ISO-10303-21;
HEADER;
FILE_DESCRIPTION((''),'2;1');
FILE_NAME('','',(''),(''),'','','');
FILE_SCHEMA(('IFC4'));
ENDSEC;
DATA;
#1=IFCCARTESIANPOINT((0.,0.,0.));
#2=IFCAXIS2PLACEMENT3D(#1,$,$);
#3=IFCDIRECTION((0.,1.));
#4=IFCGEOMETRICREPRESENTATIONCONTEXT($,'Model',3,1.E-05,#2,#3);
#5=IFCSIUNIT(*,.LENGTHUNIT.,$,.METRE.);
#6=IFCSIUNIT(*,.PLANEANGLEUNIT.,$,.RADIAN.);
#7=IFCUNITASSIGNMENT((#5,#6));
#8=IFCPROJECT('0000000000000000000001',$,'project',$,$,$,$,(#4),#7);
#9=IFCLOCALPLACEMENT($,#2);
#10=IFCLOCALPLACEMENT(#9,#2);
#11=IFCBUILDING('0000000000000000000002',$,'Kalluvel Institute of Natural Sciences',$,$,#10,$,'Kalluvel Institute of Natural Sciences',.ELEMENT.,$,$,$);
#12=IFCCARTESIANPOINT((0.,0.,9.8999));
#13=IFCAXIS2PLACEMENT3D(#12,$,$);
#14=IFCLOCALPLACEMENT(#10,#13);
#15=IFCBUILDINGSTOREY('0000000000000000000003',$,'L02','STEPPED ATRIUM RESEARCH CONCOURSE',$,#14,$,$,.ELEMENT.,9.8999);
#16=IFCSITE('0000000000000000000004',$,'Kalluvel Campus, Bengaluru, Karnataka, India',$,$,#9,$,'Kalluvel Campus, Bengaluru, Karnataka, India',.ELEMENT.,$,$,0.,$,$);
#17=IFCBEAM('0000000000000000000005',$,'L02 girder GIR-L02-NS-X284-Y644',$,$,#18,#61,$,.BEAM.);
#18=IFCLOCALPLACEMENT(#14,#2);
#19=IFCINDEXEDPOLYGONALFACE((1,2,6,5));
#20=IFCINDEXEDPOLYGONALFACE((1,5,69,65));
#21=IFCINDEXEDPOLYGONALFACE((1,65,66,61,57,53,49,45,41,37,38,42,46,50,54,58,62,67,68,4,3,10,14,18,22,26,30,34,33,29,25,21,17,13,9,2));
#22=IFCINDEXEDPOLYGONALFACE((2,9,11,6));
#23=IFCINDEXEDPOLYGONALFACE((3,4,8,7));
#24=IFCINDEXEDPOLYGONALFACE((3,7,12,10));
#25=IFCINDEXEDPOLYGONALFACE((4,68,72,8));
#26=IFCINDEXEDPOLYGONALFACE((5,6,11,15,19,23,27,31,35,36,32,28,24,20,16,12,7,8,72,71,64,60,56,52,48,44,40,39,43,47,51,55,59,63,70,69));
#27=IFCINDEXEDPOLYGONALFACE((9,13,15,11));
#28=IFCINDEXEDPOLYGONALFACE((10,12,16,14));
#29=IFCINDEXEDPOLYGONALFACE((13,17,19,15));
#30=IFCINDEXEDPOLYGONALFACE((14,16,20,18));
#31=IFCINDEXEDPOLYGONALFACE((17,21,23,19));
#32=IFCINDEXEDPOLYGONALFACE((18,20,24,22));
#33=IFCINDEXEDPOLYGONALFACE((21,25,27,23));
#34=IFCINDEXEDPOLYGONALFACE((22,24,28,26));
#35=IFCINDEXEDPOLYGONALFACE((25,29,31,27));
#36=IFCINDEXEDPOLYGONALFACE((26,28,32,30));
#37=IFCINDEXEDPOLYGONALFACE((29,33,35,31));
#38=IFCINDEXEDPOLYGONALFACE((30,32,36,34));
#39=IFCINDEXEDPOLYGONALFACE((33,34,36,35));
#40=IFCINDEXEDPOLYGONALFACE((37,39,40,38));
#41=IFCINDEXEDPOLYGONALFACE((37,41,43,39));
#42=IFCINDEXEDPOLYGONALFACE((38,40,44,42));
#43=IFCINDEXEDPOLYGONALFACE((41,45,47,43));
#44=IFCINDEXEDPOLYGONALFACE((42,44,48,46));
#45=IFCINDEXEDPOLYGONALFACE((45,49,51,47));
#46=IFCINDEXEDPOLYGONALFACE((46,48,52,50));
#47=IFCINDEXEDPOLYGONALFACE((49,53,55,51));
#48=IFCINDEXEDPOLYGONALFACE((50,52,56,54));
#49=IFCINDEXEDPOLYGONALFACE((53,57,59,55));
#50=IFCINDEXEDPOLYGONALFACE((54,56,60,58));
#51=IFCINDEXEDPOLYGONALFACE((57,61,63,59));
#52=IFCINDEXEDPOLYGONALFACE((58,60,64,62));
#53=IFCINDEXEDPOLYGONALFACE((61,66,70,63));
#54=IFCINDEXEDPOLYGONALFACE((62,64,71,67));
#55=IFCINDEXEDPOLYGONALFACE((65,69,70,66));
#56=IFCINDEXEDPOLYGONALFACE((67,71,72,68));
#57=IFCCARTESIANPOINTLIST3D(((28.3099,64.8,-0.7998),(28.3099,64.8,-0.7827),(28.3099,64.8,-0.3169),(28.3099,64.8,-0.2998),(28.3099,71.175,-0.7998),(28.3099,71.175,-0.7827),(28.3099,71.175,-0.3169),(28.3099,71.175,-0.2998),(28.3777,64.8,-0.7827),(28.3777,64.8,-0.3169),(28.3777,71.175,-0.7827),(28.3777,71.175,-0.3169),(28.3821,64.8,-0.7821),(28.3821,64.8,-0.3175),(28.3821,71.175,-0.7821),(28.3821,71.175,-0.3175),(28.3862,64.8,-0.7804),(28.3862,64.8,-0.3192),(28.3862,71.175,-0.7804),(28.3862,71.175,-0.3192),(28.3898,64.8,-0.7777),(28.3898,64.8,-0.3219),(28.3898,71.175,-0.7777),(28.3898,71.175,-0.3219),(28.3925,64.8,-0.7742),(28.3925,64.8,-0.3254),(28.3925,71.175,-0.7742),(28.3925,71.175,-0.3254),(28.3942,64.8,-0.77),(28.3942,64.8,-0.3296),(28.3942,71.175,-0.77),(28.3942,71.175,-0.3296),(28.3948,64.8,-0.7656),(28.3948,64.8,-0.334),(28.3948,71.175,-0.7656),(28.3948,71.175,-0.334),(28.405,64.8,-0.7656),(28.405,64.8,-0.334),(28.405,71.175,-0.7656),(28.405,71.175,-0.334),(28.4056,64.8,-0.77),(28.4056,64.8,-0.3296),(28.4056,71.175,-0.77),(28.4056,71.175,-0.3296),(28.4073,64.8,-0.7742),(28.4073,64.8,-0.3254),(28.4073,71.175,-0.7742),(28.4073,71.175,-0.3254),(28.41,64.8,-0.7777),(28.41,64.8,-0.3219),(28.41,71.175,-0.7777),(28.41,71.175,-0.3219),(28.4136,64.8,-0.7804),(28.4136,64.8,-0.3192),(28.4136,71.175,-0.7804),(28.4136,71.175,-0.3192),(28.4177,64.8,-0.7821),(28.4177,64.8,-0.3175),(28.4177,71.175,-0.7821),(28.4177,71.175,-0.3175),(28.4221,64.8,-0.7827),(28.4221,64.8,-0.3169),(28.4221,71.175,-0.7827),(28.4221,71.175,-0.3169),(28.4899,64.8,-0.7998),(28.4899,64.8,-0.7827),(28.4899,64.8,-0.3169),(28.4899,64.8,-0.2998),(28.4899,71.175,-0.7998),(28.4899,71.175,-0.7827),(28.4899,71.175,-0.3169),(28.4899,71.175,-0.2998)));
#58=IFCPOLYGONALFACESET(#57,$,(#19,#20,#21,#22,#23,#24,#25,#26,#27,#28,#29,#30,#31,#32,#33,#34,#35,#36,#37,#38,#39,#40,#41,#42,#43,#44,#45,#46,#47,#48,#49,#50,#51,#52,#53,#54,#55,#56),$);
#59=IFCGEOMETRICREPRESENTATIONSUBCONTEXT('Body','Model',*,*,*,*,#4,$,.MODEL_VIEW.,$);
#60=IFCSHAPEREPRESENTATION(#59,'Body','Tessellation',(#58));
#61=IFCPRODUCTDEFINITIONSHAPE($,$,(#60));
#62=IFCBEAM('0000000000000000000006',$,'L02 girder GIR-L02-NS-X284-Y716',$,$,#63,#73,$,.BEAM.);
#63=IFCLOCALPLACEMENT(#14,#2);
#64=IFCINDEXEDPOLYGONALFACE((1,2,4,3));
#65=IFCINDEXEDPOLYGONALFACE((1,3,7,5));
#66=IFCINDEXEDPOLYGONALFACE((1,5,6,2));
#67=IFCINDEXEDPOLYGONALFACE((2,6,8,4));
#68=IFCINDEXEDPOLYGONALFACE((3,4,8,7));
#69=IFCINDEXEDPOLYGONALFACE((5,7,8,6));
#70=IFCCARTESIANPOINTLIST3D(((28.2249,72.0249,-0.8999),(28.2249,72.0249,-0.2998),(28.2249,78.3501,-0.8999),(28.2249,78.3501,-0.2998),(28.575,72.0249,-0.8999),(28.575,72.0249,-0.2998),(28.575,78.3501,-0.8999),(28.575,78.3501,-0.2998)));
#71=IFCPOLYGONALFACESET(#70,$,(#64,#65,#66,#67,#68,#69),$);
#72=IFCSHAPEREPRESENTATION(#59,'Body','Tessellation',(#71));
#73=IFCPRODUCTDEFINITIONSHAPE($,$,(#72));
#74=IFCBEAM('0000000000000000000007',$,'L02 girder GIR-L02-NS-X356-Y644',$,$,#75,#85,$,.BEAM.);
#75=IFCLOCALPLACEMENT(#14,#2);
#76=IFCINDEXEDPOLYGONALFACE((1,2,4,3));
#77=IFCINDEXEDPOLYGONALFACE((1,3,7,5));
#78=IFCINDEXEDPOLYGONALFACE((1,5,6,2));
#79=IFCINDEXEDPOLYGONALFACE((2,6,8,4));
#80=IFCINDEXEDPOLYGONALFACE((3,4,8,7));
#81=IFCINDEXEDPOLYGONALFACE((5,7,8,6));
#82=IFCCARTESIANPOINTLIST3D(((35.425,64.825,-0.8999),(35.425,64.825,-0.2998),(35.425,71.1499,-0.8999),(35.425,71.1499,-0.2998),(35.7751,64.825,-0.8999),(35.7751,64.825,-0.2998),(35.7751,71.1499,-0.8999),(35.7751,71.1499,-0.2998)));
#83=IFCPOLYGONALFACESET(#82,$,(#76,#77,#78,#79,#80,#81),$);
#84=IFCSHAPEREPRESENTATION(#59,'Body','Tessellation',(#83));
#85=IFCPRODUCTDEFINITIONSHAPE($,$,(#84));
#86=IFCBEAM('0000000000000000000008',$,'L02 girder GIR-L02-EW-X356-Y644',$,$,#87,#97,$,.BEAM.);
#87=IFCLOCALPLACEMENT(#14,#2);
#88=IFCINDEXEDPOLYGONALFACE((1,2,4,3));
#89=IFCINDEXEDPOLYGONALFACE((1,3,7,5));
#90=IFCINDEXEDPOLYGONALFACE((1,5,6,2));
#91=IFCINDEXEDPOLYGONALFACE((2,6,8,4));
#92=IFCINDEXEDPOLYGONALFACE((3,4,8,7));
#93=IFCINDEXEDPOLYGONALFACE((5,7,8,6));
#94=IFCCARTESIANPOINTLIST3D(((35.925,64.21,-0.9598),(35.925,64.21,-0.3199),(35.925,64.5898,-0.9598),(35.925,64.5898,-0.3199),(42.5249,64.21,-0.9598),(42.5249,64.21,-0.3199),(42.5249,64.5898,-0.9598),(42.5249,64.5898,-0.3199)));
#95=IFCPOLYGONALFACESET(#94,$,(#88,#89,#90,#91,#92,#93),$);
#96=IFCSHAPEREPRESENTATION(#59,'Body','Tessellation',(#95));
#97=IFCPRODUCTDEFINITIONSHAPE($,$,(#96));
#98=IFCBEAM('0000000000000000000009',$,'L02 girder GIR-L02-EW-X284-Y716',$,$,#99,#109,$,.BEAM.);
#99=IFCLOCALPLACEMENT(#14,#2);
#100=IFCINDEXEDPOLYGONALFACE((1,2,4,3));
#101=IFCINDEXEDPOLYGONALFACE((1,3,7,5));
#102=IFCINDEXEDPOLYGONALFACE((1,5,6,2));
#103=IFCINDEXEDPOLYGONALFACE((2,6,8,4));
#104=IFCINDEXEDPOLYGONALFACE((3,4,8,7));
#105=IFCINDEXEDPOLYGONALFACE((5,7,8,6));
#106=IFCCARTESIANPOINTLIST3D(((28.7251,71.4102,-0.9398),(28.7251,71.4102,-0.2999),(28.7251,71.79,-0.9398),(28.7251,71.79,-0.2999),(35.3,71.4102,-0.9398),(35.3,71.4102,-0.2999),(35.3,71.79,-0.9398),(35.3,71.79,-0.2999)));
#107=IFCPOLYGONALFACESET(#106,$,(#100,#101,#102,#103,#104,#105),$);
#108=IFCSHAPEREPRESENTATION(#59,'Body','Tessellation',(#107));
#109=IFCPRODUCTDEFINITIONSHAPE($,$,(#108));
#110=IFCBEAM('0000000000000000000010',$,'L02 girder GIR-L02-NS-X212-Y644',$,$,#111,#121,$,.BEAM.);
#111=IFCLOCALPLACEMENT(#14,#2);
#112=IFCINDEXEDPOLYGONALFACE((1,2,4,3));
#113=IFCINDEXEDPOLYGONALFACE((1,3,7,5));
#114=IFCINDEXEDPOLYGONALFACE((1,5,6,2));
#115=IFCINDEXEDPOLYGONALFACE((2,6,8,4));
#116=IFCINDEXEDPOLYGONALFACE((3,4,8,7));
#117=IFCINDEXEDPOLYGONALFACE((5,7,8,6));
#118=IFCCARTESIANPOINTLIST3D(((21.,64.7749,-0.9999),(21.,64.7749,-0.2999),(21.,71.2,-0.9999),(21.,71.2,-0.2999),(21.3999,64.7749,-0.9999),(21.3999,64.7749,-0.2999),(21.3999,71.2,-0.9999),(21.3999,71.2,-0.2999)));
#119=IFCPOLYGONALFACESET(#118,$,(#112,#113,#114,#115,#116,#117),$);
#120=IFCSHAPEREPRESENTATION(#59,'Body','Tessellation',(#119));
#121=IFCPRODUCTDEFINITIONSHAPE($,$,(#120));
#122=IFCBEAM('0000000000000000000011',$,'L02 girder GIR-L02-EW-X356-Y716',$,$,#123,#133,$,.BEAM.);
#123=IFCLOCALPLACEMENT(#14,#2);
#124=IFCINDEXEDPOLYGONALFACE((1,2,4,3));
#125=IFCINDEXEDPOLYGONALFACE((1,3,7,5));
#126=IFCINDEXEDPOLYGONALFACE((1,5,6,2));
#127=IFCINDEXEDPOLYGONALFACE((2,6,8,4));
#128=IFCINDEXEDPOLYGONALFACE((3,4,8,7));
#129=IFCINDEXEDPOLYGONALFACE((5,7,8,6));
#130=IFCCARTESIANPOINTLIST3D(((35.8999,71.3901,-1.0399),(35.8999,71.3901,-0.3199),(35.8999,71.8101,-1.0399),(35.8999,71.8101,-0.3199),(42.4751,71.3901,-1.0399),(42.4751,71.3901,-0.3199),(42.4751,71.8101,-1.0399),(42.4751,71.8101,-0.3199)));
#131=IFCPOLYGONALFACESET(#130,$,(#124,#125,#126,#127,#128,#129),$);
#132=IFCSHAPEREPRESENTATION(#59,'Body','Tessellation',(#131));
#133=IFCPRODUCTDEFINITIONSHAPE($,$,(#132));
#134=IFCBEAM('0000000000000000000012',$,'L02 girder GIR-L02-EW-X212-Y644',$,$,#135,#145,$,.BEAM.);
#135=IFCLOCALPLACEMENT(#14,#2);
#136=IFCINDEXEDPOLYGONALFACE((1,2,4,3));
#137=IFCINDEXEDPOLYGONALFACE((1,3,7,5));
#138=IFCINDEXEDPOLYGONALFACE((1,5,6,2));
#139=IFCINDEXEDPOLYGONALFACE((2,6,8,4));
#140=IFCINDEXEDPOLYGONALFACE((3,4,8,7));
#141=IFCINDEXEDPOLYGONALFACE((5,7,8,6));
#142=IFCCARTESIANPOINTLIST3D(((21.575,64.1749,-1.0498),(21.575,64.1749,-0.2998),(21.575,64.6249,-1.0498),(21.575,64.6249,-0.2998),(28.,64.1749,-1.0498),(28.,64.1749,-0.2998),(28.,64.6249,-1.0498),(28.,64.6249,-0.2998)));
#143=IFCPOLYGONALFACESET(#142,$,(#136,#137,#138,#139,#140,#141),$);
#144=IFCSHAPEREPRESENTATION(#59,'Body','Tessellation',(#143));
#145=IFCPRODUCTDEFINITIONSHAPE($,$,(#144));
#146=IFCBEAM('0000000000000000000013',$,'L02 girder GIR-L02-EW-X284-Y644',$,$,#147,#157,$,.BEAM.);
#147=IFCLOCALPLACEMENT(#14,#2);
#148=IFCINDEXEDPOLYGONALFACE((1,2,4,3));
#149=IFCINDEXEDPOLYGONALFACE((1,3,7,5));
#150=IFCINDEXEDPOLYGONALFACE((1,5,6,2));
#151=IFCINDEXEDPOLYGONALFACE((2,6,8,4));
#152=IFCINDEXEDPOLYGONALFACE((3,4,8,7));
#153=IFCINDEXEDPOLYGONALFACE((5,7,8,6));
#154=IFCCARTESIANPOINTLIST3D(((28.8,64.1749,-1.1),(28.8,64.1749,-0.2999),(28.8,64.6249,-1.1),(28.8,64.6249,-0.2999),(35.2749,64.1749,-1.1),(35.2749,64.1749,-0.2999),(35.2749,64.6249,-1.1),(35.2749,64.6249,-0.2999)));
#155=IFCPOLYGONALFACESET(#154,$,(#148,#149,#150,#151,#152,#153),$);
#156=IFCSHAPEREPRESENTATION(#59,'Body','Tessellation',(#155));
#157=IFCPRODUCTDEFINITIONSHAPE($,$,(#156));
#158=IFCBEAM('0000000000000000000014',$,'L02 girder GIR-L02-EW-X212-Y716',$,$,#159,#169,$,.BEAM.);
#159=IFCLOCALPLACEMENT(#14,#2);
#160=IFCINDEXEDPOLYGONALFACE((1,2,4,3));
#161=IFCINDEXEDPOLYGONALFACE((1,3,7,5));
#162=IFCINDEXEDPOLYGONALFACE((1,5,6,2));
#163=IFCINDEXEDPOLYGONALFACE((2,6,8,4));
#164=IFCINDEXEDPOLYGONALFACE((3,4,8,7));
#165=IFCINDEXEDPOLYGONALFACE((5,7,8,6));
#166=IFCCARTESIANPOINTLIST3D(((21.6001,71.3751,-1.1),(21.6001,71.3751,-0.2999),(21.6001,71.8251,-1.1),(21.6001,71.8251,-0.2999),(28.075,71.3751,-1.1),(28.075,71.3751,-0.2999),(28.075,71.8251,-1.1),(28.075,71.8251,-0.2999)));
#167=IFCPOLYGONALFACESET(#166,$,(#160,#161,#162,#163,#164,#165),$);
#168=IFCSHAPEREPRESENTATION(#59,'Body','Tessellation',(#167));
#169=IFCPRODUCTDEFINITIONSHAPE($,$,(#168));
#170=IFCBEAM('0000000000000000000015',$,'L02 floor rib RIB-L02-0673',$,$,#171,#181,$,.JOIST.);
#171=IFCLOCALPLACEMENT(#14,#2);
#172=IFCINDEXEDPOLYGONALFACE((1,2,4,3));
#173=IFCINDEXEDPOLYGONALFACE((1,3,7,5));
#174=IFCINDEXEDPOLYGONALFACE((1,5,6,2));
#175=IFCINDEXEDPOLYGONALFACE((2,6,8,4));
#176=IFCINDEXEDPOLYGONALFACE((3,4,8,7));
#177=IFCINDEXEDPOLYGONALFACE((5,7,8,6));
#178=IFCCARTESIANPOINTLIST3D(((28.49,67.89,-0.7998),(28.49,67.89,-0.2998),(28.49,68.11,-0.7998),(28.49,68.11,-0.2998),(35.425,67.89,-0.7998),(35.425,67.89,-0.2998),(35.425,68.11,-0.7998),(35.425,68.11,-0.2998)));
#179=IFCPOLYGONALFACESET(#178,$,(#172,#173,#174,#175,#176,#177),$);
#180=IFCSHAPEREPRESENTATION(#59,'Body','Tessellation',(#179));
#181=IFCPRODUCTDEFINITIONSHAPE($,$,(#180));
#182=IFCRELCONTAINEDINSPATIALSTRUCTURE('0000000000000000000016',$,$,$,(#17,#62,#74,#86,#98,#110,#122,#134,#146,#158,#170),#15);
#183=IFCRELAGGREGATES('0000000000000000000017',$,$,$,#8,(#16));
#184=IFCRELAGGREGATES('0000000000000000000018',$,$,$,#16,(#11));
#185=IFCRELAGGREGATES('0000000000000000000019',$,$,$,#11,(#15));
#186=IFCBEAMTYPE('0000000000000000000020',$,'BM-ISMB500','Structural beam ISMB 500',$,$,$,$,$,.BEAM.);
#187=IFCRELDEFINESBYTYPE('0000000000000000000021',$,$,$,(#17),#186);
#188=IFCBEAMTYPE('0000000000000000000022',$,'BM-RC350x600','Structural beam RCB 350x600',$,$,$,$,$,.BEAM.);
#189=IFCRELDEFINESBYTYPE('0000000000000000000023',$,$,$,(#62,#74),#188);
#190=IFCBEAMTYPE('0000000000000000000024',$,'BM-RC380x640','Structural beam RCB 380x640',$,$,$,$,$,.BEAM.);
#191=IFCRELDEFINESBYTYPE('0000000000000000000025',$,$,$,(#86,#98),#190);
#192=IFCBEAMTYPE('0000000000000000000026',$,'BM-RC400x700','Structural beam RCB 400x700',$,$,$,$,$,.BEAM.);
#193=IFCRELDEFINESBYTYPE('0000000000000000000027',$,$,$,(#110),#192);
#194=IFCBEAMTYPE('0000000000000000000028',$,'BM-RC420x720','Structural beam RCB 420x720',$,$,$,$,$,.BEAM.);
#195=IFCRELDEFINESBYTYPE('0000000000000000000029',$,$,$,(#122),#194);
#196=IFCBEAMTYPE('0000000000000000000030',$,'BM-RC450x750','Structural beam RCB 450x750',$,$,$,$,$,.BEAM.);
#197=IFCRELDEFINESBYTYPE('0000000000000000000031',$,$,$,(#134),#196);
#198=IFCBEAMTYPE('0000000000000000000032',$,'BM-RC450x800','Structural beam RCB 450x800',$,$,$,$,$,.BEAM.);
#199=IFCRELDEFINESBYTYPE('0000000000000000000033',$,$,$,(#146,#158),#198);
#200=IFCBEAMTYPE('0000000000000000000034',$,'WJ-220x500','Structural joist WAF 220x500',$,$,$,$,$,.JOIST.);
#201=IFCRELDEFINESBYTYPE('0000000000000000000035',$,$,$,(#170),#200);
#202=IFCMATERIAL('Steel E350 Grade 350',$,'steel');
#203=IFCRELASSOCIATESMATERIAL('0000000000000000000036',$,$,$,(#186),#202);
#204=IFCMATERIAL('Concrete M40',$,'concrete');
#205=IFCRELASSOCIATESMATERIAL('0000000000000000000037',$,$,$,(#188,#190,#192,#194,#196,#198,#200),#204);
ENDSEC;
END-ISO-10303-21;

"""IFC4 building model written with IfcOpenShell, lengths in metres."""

from ifc_helpers import new_model, si_unit, direction, frame, origin, origin_2d, place, context, subcontext, project, spatial, rectangle, i_section, extrude, material, material_profile, profile_set, type_object, element, save


model = new_model("IFC4")

# Units and contexts
model_context = context("Model", 3, precision=1e-05, world=origin(), true_north=direction((0.0, 1.0)))
body_context = subcontext(model_context, "Body", "Model", "MODEL_VIEW")
ifc_project = project(units=[si_unit("LENGTHUNIT", "METRE"), si_unit("PLANEANGLEUNIT", "RADIAN")], contexts=[model_context])

# Site, building, storey
site_placement = place(None, origin())
site = spatial("IfcSite", under=ifc_project, at=site_placement, Name="Kalluvel Campus, Bengaluru, Karnataka, India", LongName="Kalluvel Campus, Bengaluru, Karnataka, India", CompositionType="ELEMENT", RefElevation=0.0)
building_placement = place(site_placement, origin())
building = spatial("IfcBuilding", under=site, at=building_placement, Name="Kalluvel Institute of Natural Sciences", LongName="Kalluvel Institute of Natural Sciences", CompositionType="ELEMENT")
storey_placement = place(building_placement, frame((0.0, 0.0, 9.8999)))
storey = spatial("IfcBuildingStorey", under=building, at=storey_placement, Name="L02", Description="STEPPED ATRIUM RESEARCH CONCOURSE", CompositionType="ELEMENT", Elevation=9.8999)

# Shared definitions
ifc_material_1 = material(Name="Concrete M40", Category="concrete")

# Beams
ifc_material_2 = material(Name="Steel E350 Grade 350", Category="steel")
ifc_material_profile_1 = material_profile(ifc_material_2, i_section(OverallWidth=0.1799, OverallDepth=0.5, WebThickness=0.0103, FlangeThickness=0.0171, FilletRadius=0.0171, at=origin_2d()), Name="ISMB 500")
ifc_profile_set_1 = profile_set([ifc_material_profile_1], Name="Steel E350 Grade 350")
beam_type_1 = type_object("IfcBeamType", Name="BM-ISMB500", Description="Structural beam ISMB 500", PredefinedType="BEAM", material=ifc_profile_set_1)
for number, where, z_axis, x_axis, name in (
    (1, (28.3999, 64.8, -0.5498), (0.0, 1.0, 0.0), (-1.0, 0.0, 0.0), "L02 girder GIR-L02-NS-X284-Y644"),
):
    element("IfcBeam", number, at=place(storey_placement, frame(where, z_axis=z_axis, x_axis=x_axis)), inside=storey, type_object=beam_type_1, Name=name, PredefinedType="BEAM", context=body_context, shape_type="SweptSolid", body=[
        extrude(i_section(OverallWidth=0.1799, OverallDepth=0.5, WebThickness=0.0103, FlangeThickness=0.0171, FilletRadius=0.0171, at=origin_2d()), origin(), (0.0, 0.0, 1.0), 6.375),
    ])
ifc_material_profile_2 = material_profile(ifc_material_1, rectangle(XDim=0.3501, YDim=0.6001, at=origin_2d()), Name="RCB 350x600")
ifc_profile_set_2 = profile_set([ifc_material_profile_2], Name="Concrete M40")
beam_type_2 = type_object("IfcBeamType", Name="BM-RC350x600", Description="Structural beam RCB 350x600", PredefinedType="BEAM", material=ifc_profile_set_2)
beam_1_placement = place(storey_placement, frame((28.3999, 72.0249, -0.5999), z_axis=(0.0, 1.0, 0.0), x_axis=(-1.0, 0.0, 0.0)))
element("IfcBeam", 2, at=beam_1_placement, inside=storey, type_object=beam_type_2, Name="L02 girder GIR-L02-NS-X284-Y716", PredefinedType="BEAM", context=body_context, shape_type="SweptSolid", body=[
    extrude(rectangle(XDim=0.3501, YDim=0.6001, at=origin_2d()), origin(), (0.0, 0.0, 1.0), 6.3252),
])
beam_2_placement = place(storey_placement, frame((35.6001, 64.825, -0.5999), z_axis=(0.0, 1.0, 0.0), x_axis=(-1.0, 0.0, 0.0)))
element("IfcBeam", 3, at=beam_2_placement, inside=storey, type_object=beam_type_2, Name="L02 girder GIR-L02-NS-X356-Y644", PredefinedType="BEAM", context=body_context, shape_type="SweptSolid", body=[
    extrude(rectangle(XDim=0.3501, YDim=0.6001, at=origin_2d()), origin(), (0.0, 0.0, 1.0), 6.325),
])
ifc_material_profile_3 = material_profile(ifc_material_1, rectangle(XDim=0.3799, YDim=0.6399, at=origin_2d()), Name="RCB 380x640")
ifc_profile_set_3 = profile_set([ifc_material_profile_3], Name="Concrete M40")
beam_type_3 = type_object("IfcBeamType", Name="BM-RC380x640", Description="Structural beam RCB 380x640", PredefinedType="BEAM", material=ifc_profile_set_3)
beam_3_placement = place(storey_placement, frame((35.925, 64.3999, -0.6399), z_axis=(1.0, 0.0, 0.0), x_axis=(0.0, 1.0, 0.0)))
element("IfcBeam", 4, at=beam_3_placement, inside=storey, type_object=beam_type_3, Name="L02 girder GIR-L02-EW-X356-Y644", PredefinedType="BEAM", context=body_context, shape_type="SweptSolid", body=[
    extrude(rectangle(XDim=0.3799, YDim=0.6399, at=origin_2d()), origin(), (0.0, 0.0, 1.0), 6.5999),
])
beam_4_placement = place(storey_placement, frame((28.7251, 71.6001, -0.6199), z_axis=(1.0, 0.0, 0.0), x_axis=(0.0, 1.0, 0.0)))
element("IfcBeam", 5, at=beam_4_placement, inside=storey, type_object=beam_type_3, Name="L02 girder GIR-L02-EW-X284-Y716", PredefinedType="BEAM", context=body_context, shape_type="SweptSolid", body=[
    extrude(rectangle(XDim=0.3799, YDim=0.6399, at=origin_2d()), origin(), (0.0, 0.0, 1.0), 6.575),
])
ifc_material_profile_4 = material_profile(ifc_material_1, rectangle(XDim=0.3999, YDim=0.7, at=origin_2d()), Name="RCB 400x700")
ifc_profile_set_4 = profile_set([ifc_material_profile_4], Name="Concrete M40")
beam_type_4 = type_object("IfcBeamType", Name="BM-RC400x700", Description="Structural beam RCB 400x700", PredefinedType="BEAM", material=ifc_profile_set_4)
beam_5_placement = place(storey_placement, frame((21.2, 64.7749, -0.6499), z_axis=(0.0, 1.0, 0.0), x_axis=(-1.0, 0.0, 0.0)))
element("IfcBeam", 6, at=beam_5_placement, inside=storey, type_object=beam_type_4, Name="L02 girder GIR-L02-NS-X212-Y644", PredefinedType="BEAM", context=body_context, shape_type="SweptSolid", body=[
    extrude(rectangle(XDim=0.3999, YDim=0.7, at=origin_2d()), origin(), (0.0, 0.0, 1.0), 6.425),
])
ifc_material_profile_5 = material_profile(ifc_material_1, rectangle(XDim=0.4199, YDim=0.72, at=origin_2d()), Name="RCB 420x720")
ifc_profile_set_5 = profile_set([ifc_material_profile_5], Name="Concrete M40")
beam_type_5 = type_object("IfcBeamType", Name="BM-RC420x720", Description="Structural beam RCB 420x720", PredefinedType="BEAM", material=ifc_profile_set_5)
beam_6_placement = place(storey_placement, frame((35.8999, 71.6001, -0.6799), z_axis=(1.0, 0.0, 0.0), x_axis=(0.0, 1.0, 0.0)))
element("IfcBeam", 7, at=beam_6_placement, inside=storey, type_object=beam_type_5, Name="L02 girder GIR-L02-EW-X356-Y716", PredefinedType="BEAM", context=body_context, shape_type="SweptSolid", body=[
    extrude(rectangle(XDim=0.4199, YDim=0.72, at=origin_2d()), origin(), (0.0, 0.0, 1.0), 6.5752),
])
ifc_material_profile_6 = material_profile(ifc_material_1, rectangle(XDim=0.45, YDim=0.75, at=origin_2d()), Name="RCB 450x750")
ifc_profile_set_6 = profile_set([ifc_material_profile_6], Name="Concrete M40")
beam_type_6 = type_object("IfcBeamType", Name="BM-RC450x750", Description="Structural beam RCB 450x750", PredefinedType="BEAM", material=ifc_profile_set_6)
beam_7_placement = place(storey_placement, frame((21.575, 64.3999, -0.6748), z_axis=(1.0, 0.0, 0.0), x_axis=(0.0, 1.0, 0.0)))
element("IfcBeam", 8, at=beam_7_placement, inside=storey, type_object=beam_type_6, Name="L02 girder GIR-L02-EW-X212-Y644", PredefinedType="BEAM", context=body_context, shape_type="SweptSolid", body=[
    extrude(rectangle(XDim=0.45, YDim=0.75, at=origin_2d()), origin(), (0.0, 0.0, 1.0), 6.425),
])
ifc_material_profile_7 = material_profile(ifc_material_1, rectangle(XDim=0.45, YDim=0.8, at=origin_2d()), Name="RCB 450x800")
ifc_profile_set_7 = profile_set([ifc_material_profile_7], Name="Concrete M40")
beam_type_7 = type_object("IfcBeamType", Name="BM-RC450x800", Description="Structural beam RCB 450x800", PredefinedType="BEAM", material=ifc_profile_set_7)
for number, where, z_axis, x_axis, name in (
    (9, (28.8, 64.3999, -0.7), (1.0, 0.0, 0.0), (0.0, 1.0, 0.0), "L02 girder GIR-L02-EW-X284-Y644"),
    (10, (21.6001, 71.6001, -0.7), (1.0, 0.0, 0.0), (0.0, 1.0, 0.0), "L02 girder GIR-L02-EW-X212-Y716"),
):
    element("IfcBeam", number, at=place(storey_placement, frame(where, z_axis=z_axis, x_axis=x_axis)), inside=storey, type_object=beam_type_7, Name=name, PredefinedType="BEAM", context=body_context, shape_type="SweptSolid", body=[
        extrude(rectangle(XDim=0.45, YDim=0.8, at=origin_2d()), origin(), (0.0, 0.0, 1.0), 6.4749),
    ])
ifc_material_profile_8 = material_profile(ifc_material_1, rectangle(XDim=0.22, YDim=0.5, at=origin_2d()), Name="WAF 220x500")
ifc_profile_set_8 = profile_set([ifc_material_profile_8], Name="Concrete M40")
beam_type_8 = type_object("IfcBeamType", Name="WJ-220x500", Description="Structural joist WAF 220x500", PredefinedType="JOIST", material=ifc_profile_set_8)
beam_8_placement = place(storey_placement, frame((28.49, 68.0, -0.5498), z_axis=(1.0, 0.0, 0.0), x_axis=(0.0, 1.0, 0.0)))
element("IfcBeam", 11, at=beam_8_placement, inside=storey, type_object=beam_type_8, Name="L02 floor rib RIB-L02-0673", PredefinedType="JOIST", context=body_context, shape_type="SweptSolid", body=[
    extrude(rectangle(XDim=0.22, YDim=0.5, at=origin_2d()), origin(), (0.0, 0.0, 1.0), 6.9351),
])

save(model, "model.ifc")
